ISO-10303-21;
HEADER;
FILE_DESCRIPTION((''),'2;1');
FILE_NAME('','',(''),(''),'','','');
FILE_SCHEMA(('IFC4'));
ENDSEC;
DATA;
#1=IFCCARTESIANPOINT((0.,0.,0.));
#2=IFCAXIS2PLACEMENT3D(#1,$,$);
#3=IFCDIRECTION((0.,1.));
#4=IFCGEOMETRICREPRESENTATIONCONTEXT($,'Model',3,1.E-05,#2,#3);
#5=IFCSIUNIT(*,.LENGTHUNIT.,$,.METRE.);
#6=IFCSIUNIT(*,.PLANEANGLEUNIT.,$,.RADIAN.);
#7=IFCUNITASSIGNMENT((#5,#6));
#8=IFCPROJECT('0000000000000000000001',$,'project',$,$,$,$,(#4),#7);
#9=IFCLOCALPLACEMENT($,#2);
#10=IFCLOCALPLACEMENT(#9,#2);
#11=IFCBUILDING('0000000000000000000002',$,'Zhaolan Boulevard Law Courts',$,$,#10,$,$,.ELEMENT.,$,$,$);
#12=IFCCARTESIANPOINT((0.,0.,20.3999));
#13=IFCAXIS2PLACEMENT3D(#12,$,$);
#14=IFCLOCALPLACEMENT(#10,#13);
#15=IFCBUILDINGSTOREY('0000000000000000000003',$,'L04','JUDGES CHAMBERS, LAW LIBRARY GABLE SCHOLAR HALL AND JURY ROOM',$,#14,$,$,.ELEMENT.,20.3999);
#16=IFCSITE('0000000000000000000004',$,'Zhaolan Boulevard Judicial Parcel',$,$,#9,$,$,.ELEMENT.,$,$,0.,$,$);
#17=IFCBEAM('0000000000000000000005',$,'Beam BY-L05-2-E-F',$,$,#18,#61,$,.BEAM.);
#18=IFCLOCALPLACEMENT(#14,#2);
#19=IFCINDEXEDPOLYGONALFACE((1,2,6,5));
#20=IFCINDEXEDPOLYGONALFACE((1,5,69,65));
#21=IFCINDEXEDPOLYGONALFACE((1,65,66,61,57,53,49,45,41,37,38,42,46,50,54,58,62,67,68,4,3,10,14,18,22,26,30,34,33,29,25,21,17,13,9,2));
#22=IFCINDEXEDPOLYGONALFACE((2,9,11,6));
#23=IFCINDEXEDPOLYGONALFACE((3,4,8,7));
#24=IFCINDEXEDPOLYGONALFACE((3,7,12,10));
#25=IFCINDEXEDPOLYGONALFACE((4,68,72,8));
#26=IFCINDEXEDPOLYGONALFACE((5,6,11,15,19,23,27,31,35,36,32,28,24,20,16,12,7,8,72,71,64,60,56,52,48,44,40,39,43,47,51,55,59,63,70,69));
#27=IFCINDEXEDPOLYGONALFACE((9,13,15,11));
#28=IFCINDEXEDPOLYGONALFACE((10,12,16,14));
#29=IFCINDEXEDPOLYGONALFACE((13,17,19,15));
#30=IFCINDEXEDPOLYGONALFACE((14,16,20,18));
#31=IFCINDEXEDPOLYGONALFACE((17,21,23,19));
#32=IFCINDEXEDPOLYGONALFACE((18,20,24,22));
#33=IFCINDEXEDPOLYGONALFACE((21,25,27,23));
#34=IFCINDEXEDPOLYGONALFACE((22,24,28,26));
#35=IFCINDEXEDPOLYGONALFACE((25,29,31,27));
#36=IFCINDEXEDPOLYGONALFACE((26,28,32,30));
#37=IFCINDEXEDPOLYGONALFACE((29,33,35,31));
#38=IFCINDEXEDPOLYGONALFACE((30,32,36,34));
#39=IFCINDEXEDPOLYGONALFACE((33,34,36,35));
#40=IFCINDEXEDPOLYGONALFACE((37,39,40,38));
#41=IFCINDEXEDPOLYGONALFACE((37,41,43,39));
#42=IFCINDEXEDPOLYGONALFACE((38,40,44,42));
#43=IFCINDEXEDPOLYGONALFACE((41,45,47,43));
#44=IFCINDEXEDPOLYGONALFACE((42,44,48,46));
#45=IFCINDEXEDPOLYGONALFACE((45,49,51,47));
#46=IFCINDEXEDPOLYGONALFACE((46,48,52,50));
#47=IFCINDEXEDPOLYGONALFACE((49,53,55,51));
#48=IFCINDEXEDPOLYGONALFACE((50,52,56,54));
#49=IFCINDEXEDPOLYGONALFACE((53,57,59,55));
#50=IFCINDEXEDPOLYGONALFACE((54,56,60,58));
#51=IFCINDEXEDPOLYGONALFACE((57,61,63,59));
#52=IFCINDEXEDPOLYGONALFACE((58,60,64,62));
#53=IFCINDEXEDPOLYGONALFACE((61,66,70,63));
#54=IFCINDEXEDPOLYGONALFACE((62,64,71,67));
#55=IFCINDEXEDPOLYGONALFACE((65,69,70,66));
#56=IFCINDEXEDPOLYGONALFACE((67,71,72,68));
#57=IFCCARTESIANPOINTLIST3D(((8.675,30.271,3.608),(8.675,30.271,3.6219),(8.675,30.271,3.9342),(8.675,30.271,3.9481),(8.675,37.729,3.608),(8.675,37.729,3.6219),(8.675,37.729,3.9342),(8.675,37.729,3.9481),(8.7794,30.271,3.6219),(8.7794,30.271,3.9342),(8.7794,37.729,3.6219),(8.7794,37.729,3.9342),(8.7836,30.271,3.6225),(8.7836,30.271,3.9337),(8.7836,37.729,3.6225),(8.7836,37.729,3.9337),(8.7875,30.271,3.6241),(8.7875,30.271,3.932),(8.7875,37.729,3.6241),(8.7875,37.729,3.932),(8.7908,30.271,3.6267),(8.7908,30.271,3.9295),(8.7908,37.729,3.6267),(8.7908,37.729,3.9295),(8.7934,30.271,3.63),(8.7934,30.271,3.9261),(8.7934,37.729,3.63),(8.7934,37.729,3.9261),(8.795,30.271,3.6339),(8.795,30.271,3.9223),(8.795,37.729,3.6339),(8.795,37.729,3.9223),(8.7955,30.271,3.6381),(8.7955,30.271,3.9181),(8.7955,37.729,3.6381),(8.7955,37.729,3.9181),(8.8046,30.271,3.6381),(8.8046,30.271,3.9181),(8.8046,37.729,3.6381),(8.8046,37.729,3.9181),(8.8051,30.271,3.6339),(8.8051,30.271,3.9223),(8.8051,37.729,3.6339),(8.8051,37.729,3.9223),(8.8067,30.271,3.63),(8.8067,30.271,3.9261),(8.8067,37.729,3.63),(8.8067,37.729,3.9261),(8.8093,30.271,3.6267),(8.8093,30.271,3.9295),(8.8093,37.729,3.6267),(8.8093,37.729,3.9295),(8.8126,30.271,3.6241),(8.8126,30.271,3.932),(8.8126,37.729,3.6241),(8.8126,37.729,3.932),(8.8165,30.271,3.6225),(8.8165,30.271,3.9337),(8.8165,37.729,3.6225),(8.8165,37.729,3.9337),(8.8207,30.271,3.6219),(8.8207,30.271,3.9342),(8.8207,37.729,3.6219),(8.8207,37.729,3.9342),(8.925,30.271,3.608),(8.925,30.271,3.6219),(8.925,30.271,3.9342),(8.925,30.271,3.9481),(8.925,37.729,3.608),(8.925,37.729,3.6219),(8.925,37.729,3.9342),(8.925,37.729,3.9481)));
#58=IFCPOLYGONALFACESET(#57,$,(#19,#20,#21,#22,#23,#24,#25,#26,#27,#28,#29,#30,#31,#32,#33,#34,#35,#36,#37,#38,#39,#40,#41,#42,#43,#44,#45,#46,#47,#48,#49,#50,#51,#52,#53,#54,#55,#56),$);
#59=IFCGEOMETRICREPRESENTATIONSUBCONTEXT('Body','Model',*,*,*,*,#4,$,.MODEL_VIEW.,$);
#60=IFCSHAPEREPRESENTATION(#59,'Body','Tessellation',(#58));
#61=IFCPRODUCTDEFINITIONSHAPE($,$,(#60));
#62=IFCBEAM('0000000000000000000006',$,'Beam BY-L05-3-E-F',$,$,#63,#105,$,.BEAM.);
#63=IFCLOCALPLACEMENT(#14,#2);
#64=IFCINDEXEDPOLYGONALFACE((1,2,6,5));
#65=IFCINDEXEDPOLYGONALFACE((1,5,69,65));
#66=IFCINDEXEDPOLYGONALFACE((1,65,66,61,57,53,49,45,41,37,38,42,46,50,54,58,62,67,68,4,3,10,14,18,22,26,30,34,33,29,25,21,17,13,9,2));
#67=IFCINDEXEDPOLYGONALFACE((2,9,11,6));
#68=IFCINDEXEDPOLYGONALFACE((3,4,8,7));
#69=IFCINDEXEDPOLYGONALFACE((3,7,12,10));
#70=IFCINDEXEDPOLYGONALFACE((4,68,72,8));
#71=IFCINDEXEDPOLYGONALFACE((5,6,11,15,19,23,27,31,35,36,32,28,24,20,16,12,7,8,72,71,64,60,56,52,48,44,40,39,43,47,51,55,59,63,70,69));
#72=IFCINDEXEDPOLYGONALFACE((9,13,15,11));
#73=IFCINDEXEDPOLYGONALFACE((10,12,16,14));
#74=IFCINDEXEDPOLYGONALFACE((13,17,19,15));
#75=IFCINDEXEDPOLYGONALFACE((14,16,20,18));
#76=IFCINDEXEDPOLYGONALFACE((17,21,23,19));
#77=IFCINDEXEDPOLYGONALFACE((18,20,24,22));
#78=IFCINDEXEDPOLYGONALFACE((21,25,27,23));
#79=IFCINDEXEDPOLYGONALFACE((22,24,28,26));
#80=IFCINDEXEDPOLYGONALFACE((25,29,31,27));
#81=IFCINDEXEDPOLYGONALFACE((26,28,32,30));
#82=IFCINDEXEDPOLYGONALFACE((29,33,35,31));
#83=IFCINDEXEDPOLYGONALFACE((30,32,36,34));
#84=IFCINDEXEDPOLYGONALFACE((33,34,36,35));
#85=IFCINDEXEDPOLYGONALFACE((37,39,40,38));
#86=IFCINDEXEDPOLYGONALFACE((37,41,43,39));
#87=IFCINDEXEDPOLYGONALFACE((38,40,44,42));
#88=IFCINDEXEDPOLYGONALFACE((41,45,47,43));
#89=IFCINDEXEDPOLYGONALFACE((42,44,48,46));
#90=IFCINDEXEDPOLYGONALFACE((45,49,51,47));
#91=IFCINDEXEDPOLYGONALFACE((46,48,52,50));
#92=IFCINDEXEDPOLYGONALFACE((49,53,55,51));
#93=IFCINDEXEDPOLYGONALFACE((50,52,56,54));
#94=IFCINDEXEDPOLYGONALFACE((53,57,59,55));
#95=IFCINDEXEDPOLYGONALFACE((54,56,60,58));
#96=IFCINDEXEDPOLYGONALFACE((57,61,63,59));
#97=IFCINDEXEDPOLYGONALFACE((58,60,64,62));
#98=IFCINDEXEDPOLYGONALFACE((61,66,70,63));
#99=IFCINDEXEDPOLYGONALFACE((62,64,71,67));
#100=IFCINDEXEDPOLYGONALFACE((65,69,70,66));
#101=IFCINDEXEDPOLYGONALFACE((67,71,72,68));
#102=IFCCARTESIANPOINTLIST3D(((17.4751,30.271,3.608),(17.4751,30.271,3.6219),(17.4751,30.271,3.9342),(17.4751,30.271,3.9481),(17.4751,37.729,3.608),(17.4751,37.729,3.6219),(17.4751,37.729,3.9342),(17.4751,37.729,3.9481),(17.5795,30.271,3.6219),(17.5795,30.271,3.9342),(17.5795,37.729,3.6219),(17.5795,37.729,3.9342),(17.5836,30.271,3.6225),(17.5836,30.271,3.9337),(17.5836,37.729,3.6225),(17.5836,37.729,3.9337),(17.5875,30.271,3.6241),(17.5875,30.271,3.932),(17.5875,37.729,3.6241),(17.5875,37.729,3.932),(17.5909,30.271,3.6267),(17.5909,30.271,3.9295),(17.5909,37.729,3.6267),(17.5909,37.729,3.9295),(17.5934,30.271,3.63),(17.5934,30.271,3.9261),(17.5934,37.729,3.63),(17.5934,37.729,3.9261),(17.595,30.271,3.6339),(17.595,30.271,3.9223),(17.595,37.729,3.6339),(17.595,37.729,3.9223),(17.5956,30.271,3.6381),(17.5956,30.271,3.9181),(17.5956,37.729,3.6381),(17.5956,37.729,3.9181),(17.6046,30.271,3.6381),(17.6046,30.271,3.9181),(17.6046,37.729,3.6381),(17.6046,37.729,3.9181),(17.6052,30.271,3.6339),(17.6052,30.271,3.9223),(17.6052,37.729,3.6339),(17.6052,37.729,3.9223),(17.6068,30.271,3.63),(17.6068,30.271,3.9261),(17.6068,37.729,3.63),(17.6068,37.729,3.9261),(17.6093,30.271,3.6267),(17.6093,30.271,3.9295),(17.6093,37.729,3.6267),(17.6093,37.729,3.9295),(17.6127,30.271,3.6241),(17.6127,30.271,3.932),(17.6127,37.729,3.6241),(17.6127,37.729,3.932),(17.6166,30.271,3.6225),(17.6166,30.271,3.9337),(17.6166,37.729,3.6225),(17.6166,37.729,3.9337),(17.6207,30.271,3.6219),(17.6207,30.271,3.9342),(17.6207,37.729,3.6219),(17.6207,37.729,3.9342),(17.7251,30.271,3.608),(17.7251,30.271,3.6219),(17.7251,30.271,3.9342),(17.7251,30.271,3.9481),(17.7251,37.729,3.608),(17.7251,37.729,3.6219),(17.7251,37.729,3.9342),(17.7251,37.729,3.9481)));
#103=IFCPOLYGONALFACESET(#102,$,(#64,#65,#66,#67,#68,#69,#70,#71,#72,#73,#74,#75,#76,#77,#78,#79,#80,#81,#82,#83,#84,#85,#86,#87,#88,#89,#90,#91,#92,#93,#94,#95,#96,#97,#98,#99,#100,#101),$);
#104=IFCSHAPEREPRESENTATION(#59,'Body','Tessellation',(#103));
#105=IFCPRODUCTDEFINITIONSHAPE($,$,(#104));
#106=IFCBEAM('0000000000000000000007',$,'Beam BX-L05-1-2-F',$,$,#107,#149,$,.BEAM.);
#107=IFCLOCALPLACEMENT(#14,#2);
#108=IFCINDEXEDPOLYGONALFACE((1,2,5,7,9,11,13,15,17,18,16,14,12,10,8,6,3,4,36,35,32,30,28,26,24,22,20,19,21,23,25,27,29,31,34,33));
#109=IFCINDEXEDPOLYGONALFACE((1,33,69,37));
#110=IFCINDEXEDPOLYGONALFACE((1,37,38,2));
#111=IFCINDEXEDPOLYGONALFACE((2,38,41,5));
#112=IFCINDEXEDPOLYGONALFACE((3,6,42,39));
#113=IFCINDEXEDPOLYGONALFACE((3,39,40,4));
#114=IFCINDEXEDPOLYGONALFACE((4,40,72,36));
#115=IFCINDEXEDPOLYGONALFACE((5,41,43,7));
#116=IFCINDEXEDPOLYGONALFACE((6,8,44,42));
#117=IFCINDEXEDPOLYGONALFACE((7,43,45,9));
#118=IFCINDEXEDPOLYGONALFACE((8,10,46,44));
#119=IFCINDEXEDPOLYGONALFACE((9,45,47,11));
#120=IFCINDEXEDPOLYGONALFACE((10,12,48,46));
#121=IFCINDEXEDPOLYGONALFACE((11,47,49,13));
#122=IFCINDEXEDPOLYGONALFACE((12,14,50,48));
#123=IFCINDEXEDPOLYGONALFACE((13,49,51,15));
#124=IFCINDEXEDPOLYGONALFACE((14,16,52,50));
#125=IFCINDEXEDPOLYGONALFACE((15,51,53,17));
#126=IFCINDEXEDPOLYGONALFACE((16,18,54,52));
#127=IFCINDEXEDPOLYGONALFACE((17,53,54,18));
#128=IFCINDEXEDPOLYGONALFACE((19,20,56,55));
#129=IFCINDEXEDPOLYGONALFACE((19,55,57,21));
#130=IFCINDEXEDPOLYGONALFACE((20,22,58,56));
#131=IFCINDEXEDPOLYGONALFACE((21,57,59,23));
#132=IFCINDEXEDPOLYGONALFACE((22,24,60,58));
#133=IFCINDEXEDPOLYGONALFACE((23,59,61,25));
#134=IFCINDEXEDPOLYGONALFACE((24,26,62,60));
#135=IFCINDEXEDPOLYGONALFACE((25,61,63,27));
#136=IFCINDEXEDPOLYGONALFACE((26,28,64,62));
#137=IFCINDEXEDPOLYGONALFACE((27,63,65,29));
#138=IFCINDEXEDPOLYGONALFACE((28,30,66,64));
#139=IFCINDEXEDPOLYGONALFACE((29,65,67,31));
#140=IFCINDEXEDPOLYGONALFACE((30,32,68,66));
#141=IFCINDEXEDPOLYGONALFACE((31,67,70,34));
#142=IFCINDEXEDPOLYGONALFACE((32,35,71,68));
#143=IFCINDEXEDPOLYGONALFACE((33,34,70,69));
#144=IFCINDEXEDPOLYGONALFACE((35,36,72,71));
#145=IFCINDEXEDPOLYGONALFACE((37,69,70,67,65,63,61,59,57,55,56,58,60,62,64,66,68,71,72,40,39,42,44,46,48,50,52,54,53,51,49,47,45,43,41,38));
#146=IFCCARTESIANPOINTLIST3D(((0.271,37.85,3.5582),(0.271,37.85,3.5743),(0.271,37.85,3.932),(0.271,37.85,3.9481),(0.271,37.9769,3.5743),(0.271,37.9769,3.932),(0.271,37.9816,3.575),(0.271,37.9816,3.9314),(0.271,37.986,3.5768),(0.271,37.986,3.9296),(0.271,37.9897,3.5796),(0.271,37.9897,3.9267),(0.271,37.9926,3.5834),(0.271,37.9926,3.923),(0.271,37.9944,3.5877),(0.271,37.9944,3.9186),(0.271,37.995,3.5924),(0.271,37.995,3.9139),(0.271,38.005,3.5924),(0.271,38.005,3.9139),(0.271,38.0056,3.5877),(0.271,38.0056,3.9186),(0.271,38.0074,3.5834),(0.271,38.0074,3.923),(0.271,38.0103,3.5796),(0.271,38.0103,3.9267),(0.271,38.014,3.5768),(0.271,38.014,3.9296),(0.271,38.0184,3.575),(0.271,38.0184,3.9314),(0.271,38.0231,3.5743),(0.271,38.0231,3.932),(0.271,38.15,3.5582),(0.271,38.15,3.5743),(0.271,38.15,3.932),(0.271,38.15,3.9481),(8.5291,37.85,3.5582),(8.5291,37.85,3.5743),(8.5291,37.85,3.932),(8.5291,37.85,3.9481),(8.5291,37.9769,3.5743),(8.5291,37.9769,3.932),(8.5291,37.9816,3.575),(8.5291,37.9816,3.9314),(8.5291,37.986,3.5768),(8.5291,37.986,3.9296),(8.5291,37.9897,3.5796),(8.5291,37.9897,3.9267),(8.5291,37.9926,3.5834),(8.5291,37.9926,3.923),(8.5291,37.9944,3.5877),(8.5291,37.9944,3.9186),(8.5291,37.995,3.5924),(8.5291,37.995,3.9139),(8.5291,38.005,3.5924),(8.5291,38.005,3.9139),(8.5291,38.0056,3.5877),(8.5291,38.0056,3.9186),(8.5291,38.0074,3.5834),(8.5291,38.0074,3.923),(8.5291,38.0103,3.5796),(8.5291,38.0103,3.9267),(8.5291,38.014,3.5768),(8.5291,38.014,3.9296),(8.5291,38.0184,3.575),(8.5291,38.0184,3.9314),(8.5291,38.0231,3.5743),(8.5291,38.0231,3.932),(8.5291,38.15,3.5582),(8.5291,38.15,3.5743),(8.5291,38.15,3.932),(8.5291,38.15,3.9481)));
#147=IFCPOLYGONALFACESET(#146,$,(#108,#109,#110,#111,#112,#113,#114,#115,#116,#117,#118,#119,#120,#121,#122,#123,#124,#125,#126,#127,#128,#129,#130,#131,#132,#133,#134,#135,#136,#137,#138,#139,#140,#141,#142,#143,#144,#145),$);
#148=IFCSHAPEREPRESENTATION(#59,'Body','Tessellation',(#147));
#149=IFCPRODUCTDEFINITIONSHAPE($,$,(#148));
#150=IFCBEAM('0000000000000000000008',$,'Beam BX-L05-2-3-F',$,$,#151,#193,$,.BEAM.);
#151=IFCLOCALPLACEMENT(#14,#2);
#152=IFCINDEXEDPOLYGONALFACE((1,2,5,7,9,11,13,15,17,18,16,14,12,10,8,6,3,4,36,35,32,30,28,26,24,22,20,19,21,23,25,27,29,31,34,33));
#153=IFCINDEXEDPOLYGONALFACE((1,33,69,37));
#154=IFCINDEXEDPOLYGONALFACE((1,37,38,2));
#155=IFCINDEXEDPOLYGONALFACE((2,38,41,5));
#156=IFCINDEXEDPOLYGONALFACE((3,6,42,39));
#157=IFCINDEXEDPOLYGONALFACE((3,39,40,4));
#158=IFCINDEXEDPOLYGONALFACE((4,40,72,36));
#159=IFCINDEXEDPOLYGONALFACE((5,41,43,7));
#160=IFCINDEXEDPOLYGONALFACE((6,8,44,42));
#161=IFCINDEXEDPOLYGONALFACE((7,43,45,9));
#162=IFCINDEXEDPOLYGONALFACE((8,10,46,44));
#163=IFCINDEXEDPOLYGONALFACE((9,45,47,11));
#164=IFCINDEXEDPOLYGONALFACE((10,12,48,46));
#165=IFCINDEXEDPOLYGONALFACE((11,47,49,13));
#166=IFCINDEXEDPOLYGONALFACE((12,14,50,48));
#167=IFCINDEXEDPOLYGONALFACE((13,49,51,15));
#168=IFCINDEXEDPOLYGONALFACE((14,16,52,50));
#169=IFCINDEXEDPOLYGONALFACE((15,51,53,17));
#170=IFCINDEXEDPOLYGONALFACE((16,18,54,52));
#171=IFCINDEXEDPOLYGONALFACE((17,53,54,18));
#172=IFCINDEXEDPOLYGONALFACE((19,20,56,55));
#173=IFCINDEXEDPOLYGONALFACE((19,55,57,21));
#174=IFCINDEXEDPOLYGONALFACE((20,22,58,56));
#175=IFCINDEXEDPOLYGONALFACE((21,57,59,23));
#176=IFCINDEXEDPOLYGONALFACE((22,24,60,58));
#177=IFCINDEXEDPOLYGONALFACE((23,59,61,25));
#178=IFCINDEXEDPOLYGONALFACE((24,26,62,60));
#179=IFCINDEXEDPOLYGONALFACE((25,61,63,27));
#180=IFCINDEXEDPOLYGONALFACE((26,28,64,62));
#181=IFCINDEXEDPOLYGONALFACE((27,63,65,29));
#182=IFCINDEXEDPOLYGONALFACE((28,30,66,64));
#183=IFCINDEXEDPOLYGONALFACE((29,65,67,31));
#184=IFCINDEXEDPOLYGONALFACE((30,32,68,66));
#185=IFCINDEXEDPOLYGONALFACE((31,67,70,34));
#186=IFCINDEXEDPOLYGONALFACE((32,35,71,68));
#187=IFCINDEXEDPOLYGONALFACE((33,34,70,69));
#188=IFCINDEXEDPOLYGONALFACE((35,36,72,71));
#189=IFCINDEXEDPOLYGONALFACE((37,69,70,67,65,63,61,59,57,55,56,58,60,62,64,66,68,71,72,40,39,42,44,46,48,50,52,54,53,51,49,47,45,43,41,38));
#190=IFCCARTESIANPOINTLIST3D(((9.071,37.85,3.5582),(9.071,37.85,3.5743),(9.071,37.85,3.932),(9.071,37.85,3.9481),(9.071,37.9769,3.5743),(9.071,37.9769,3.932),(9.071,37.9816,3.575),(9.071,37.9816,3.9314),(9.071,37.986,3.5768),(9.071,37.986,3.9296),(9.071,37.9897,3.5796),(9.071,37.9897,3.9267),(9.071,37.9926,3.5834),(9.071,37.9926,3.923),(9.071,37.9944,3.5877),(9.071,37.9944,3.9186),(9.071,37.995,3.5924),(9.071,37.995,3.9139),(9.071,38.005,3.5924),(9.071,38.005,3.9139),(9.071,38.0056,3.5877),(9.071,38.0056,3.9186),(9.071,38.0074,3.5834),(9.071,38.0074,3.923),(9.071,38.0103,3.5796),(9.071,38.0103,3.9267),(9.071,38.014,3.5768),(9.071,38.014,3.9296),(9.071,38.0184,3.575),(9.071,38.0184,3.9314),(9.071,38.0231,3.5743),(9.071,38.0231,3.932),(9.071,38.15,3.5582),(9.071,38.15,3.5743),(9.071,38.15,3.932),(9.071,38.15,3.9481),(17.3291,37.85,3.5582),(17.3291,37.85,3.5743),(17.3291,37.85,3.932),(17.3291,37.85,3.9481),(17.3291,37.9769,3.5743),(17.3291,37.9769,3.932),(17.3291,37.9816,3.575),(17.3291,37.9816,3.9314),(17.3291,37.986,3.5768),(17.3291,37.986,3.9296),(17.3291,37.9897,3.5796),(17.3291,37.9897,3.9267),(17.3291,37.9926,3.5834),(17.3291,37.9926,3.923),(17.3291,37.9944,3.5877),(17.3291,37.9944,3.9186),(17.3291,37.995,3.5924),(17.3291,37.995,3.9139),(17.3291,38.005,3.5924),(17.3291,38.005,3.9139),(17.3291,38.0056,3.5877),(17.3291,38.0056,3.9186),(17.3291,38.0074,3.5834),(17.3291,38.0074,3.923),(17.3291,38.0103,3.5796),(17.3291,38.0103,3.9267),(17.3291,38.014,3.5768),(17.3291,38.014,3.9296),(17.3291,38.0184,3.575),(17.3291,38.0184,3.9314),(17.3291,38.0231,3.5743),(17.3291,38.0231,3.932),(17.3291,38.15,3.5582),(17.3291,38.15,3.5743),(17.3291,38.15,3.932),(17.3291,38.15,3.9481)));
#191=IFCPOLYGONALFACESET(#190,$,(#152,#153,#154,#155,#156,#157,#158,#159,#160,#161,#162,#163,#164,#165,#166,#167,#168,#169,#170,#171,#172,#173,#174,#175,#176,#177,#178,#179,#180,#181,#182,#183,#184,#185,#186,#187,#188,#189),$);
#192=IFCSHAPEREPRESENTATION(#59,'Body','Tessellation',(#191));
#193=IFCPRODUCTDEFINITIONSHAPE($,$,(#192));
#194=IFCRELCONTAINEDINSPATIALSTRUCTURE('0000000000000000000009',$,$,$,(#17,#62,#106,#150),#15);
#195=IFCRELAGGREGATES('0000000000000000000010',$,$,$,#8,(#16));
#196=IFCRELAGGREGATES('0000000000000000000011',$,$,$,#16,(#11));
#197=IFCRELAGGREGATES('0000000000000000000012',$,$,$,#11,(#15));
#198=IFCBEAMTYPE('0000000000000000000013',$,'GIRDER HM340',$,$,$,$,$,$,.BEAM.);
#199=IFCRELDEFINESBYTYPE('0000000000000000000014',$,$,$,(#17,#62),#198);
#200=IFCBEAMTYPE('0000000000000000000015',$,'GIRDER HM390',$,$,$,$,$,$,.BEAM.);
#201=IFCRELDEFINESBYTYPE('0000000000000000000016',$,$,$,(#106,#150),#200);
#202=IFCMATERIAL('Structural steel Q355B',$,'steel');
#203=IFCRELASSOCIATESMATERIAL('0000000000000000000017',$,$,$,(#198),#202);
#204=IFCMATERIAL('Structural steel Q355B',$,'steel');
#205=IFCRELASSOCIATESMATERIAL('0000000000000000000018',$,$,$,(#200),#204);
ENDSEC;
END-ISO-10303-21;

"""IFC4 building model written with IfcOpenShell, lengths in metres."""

from ifc_helpers import new_model, si_unit, direction, frame, origin, origin_2d, place, context, subcontext, project, spatial, i_section, extrude, material, material_profile, profile_set, type_object, element, save


model = new_model("IFC4")

# Units and contexts
model_context = context("Model", 3, precision=1e-05, world=origin(), true_north=direction((0.0, 1.0)))
body_context = subcontext(model_context, "Body", "Model", "MODEL_VIEW")
ifc_project = project(units=[si_unit("LENGTHUNIT", "METRE"), si_unit("PLANEANGLEUNIT", "RADIAN")], contexts=[model_context])

# Site, building, storey
site_placement = place(None, origin())
site = spatial("IfcSite", under=ifc_project, at=site_placement, Name="Zhaolan Boulevard Judicial Parcel", CompositionType="ELEMENT", RefElevation=0.0)
building_placement = place(site_placement, origin())
building = spatial("IfcBuilding", under=site, at=building_placement, Name="Zhaolan Boulevard Law Courts", CompositionType="ELEMENT")
storey_placement = place(building_placement, frame((0.0, 0.0, 20.3999)))
storey = spatial("IfcBuildingStorey", under=building, at=storey_placement, Name="L04", Description="JUDGES CHAMBERS, LAW LIBRARY GABLE SCHOLAR HALL AND JURY ROOM", CompositionType="ELEMENT", Elevation=20.3999)

# Beams
ifc_material_1 = material(Name="Structural steel Q355B", Category="steel")
ifc_material_profile_1 = material_profile(ifc_material_1, i_section(OverallWidth=0.25, OverallDepth=0.3401, WebThickness=0.009, FlangeThickness=0.0139, FilletRadius=0.0161, at=origin_2d()), Name="HM340x250")
ifc_profile_set_1 = profile_set([ifc_material_profile_1], Name="Structural steel Q355B")
beam_type_1 = type_object("IfcBeamType", Name="GIRDER HM340", PredefinedType="BEAM", material=ifc_profile_set_1)
for number, where, z_axis, x_axis, name in (
    (1, (8.8, 30.271, 3.7781), (0.0, 1.0, 0.0), (-1.0, 0.0, 0.0), "Beam BY-L05-2-E-F"),
    (2, (17.6001, 30.271, 3.7781), (0.0, 1.0, 0.0), (-1.0, 0.0, 0.0), "Beam BY-L05-3-E-F"),
):
    element("IfcBeam", number, at=place(storey_placement, frame(where, z_axis=z_axis, x_axis=x_axis)), inside=storey, type_object=beam_type_1, Name=name, PredefinedType="BEAM", context=body_context, shape_type="SweptSolid", body=[
        extrude(i_section(OverallWidth=0.25, OverallDepth=0.3401, WebThickness=0.009, FlangeThickness=0.0139, FilletRadius=0.0161, at=origin_2d()), origin(), (0.0, 0.0, 1.0), 7.458),
    ])
ifc_material_2 = material(Name="Structural steel Q355B", Category="steel")
ifc_material_profile_2 = material_profile(ifc_material_2, i_section(OverallWidth=0.3, OverallDepth=0.3899, WebThickness=0.01, FlangeThickness=0.0161, FilletRadius=0.0181, at=origin_2d()), Name="HM390x300")
ifc_profile_set_2 = profile_set([ifc_material_profile_2], Name="Structural steel Q355B")
beam_type_2 = type_object("IfcBeamType", Name="GIRDER HM390", PredefinedType="BEAM", material=ifc_profile_set_2)
for number, where, z_axis, x_axis, name in (
    (3, (0.271, 38.0, 3.7532), (1.0, 0.0, 0.0), (0.0, 1.0, 0.0), "Beam BX-L05-1-2-F"),
    (4, (9.071, 38.0, 3.7532), (1.0, 0.0, 0.0), (0.0, 1.0, 0.0), "Beam BX-L05-2-3-F"),
):
    element("IfcBeam", number, at=place(storey_placement, frame(where, z_axis=z_axis, x_axis=x_axis)), inside=storey, type_object=beam_type_2, Name=name, PredefinedType="BEAM", context=body_context, shape_type="SweptSolid", body=[
        extrude(i_section(OverallWidth=0.3, OverallDepth=0.3899, WebThickness=0.01, FlangeThickness=0.0161, FilletRadius=0.0181, at=origin_2d()), origin(), (0.0, 0.0, 1.0), 8.2581),
    ])

save(model, "model.ifc")
